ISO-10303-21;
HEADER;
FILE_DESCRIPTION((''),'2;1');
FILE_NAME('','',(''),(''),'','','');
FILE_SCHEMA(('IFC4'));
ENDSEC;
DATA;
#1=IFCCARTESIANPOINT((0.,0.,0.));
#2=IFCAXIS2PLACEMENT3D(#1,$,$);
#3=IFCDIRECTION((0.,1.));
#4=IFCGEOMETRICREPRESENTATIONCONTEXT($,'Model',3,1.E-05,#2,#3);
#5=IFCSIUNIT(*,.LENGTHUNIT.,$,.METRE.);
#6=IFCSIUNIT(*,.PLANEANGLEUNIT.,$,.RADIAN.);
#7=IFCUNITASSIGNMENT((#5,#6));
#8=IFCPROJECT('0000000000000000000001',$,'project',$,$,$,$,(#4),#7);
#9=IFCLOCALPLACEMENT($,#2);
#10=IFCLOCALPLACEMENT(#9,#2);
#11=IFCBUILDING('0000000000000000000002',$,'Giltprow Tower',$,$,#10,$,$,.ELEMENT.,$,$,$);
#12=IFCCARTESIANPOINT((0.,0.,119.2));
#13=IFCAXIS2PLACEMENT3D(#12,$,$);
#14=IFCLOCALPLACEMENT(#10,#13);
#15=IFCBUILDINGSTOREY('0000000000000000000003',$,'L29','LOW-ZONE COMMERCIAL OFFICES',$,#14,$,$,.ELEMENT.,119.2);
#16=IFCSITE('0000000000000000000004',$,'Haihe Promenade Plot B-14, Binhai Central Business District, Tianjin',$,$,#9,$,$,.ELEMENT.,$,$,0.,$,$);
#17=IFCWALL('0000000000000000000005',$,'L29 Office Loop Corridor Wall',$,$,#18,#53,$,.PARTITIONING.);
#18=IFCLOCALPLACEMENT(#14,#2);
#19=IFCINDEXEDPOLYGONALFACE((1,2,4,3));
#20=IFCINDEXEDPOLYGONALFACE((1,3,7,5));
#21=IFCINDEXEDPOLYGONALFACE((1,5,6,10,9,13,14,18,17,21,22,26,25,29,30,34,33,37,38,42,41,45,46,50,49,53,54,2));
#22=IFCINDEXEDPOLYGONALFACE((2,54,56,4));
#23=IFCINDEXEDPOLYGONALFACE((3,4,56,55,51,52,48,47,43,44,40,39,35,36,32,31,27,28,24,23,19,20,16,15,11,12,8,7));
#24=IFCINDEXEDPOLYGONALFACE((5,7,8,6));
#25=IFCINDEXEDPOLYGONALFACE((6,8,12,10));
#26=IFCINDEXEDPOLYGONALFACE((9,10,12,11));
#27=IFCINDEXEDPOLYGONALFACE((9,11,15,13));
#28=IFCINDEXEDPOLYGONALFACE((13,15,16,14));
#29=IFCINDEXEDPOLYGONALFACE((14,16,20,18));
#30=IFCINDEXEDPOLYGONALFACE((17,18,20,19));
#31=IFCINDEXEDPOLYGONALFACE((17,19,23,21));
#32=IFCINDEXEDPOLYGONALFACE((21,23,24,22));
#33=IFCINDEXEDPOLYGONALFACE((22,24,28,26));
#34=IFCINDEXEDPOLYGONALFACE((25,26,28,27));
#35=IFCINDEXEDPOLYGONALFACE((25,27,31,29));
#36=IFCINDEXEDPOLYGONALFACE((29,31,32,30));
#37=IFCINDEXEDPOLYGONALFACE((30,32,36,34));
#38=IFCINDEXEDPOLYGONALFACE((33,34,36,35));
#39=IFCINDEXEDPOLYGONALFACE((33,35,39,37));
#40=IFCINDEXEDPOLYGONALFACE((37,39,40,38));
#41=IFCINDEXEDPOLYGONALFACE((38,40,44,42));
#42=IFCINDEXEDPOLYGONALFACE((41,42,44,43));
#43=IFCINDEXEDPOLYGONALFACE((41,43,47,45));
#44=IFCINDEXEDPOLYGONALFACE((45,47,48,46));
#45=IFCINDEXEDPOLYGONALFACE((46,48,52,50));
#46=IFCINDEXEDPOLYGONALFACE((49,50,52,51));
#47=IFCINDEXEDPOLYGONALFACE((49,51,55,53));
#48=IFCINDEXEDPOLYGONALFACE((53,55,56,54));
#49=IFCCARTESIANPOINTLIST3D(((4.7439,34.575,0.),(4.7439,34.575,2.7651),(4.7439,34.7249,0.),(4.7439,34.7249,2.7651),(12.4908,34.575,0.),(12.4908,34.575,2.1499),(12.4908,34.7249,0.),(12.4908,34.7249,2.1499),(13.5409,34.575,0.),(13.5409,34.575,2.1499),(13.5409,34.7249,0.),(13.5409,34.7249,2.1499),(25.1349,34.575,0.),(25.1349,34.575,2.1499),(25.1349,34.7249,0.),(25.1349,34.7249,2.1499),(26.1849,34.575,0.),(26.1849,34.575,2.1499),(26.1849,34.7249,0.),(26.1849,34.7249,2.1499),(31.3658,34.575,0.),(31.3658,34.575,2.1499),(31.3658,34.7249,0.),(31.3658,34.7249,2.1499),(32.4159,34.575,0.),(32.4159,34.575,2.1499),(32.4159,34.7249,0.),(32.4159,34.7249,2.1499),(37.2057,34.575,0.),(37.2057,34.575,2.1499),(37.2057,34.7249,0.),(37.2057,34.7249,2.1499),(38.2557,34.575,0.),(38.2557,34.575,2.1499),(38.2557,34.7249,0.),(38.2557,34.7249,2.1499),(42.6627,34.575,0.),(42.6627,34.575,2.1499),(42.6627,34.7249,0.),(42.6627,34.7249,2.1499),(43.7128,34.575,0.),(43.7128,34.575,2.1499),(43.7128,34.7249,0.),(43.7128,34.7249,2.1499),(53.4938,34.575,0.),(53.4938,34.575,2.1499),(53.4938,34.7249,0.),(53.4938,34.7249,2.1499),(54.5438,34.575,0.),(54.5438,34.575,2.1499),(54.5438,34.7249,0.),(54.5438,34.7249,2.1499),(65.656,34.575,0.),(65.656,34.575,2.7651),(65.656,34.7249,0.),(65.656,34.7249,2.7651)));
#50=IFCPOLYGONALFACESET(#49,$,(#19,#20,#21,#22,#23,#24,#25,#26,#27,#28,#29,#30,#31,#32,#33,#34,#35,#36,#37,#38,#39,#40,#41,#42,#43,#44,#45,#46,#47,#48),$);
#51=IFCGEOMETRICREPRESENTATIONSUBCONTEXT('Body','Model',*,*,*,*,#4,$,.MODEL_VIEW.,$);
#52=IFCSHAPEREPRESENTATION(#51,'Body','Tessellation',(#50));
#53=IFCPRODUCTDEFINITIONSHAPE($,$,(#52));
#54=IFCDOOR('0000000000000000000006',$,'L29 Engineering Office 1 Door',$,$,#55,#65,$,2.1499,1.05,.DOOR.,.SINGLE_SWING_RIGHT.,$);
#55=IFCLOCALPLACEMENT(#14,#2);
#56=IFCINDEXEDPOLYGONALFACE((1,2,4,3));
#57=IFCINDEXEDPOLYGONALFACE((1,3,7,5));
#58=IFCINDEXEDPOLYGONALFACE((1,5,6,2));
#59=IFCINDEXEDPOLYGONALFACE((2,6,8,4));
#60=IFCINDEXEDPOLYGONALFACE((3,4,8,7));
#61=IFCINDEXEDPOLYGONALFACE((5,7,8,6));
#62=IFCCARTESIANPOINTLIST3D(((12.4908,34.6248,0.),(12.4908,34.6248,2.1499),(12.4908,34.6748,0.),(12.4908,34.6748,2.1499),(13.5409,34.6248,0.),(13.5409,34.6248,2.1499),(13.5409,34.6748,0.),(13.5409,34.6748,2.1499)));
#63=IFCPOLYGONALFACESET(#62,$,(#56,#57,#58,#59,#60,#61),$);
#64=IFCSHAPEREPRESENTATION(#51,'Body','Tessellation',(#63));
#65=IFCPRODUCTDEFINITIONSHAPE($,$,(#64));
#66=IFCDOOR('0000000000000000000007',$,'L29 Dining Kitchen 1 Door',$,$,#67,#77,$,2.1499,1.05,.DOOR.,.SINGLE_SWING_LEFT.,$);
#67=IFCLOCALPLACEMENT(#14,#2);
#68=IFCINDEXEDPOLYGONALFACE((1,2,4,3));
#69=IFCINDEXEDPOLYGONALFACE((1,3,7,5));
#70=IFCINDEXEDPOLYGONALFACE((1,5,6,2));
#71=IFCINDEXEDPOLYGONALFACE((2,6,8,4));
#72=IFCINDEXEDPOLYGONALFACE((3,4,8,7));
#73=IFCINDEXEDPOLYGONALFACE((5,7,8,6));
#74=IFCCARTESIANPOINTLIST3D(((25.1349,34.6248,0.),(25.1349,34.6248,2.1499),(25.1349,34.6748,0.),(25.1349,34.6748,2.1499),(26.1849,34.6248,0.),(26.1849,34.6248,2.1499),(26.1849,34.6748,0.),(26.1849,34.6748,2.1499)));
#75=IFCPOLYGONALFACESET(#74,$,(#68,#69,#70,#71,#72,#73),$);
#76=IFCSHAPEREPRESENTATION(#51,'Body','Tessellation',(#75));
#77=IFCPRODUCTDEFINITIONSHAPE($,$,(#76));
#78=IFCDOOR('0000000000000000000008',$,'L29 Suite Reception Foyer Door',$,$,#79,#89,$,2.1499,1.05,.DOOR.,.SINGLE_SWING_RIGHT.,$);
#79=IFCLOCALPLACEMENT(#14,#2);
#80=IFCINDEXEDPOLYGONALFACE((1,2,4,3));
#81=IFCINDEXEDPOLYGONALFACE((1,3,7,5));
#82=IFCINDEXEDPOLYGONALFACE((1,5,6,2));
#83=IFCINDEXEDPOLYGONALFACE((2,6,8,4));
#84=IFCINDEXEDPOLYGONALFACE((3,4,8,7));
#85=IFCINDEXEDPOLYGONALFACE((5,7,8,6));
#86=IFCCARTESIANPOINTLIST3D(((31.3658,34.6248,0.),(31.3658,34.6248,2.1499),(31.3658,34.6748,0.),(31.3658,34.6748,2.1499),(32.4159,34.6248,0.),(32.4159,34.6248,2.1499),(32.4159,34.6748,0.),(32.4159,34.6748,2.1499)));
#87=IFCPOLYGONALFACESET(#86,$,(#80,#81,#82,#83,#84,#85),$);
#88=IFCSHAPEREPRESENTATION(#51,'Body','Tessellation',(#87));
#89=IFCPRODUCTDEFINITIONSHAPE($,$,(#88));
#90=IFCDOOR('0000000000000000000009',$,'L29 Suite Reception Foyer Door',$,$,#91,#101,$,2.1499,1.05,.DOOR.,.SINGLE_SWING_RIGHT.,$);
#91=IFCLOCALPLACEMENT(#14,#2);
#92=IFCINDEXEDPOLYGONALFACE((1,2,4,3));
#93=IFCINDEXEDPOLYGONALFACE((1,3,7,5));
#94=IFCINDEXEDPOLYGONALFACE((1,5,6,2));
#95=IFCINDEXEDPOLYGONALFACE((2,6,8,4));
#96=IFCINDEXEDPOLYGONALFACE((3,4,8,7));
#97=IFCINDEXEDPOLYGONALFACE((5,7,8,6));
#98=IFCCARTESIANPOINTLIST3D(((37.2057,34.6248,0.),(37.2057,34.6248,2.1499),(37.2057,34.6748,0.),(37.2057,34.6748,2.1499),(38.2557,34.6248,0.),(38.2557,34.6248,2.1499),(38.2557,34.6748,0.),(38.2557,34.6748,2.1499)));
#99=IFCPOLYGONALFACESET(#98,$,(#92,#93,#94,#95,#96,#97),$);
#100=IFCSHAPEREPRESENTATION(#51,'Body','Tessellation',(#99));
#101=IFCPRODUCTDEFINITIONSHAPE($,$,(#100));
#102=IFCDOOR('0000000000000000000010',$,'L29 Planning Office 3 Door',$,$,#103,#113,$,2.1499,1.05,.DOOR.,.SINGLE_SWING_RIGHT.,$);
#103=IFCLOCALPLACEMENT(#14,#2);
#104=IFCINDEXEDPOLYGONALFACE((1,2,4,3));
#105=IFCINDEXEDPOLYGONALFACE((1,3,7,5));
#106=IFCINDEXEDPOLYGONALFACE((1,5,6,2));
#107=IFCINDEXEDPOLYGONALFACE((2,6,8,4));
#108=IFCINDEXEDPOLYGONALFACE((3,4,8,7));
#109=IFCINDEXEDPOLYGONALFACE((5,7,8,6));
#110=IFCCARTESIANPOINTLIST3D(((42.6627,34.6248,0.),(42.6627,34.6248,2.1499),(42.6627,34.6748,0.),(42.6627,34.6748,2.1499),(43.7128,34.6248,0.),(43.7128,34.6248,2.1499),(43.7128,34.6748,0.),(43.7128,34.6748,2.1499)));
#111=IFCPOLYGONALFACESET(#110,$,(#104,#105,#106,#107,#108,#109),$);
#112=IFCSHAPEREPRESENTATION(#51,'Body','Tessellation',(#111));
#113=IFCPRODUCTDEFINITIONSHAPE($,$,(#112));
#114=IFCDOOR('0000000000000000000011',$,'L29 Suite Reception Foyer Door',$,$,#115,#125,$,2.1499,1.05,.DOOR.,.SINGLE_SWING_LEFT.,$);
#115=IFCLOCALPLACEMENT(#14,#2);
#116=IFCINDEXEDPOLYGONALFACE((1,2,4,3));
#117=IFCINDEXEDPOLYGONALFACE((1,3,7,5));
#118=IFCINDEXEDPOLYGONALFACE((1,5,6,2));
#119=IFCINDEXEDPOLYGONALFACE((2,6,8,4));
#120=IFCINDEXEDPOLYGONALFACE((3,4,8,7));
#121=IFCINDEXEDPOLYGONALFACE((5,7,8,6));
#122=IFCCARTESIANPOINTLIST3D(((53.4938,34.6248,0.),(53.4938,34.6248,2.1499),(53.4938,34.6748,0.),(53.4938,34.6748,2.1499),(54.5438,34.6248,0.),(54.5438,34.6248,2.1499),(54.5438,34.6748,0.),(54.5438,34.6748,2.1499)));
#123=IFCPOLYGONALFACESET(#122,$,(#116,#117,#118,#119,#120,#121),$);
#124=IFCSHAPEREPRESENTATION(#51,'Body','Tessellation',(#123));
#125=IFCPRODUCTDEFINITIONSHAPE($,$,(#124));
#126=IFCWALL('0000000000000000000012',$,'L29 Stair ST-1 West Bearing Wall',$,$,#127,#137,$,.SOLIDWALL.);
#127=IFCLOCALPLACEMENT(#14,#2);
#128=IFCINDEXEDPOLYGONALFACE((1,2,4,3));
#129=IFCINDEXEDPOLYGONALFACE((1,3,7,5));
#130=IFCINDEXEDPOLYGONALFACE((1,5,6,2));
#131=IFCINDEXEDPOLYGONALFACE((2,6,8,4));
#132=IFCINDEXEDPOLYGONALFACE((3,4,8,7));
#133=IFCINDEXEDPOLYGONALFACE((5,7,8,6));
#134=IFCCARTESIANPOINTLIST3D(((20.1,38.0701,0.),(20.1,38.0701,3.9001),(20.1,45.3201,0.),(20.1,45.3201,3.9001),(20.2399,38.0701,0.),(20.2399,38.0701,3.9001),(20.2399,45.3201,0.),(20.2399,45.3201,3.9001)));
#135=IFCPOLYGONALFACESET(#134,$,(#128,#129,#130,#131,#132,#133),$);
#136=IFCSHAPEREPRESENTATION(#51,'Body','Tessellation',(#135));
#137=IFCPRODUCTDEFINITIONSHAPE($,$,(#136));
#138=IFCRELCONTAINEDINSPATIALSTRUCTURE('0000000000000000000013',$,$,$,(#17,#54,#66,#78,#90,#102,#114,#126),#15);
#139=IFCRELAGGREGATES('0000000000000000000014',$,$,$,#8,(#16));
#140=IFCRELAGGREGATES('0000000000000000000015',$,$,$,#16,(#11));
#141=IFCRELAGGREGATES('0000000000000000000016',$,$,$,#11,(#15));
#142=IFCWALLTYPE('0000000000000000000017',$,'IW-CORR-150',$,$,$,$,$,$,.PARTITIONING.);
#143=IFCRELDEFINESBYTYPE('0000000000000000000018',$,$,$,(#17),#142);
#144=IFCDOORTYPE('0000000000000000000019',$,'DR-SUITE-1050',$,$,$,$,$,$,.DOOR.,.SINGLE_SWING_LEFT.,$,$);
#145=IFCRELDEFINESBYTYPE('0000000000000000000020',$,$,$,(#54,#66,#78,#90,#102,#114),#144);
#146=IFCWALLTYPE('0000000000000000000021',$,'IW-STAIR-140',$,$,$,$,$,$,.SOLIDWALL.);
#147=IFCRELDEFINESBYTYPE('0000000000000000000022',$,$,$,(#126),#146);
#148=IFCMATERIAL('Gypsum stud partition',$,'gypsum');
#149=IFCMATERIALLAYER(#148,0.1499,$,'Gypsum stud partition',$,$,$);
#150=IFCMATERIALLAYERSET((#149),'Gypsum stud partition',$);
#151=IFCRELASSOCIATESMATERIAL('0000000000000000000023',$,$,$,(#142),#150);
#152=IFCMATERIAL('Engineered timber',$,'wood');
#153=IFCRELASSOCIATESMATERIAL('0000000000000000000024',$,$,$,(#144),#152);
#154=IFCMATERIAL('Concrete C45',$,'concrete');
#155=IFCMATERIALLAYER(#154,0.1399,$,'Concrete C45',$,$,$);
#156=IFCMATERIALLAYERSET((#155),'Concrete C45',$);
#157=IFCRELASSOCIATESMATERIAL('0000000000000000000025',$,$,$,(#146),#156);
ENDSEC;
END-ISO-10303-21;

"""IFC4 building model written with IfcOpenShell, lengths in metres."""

from ifc_helpers import new_model, si_unit, direction, frame, frame_2d, origin, place, context, subcontext, project, spatial, rectangle, extrude, source, transform, mapped, material, layer, layer_set, type_object, element, fill, save


model = new_model("IFC4")

# Units and contexts
model_context = context("Model", 3, precision=1e-05, world=origin(), true_north=direction((0.0, 1.0)))
body_context = subcontext(model_context, "Body", "Model", "MODEL_VIEW")
ifc_project = project(units=[si_unit("LENGTHUNIT", "METRE"), si_unit("PLANEANGLEUNIT", "RADIAN")], contexts=[model_context])

# Site, building, storey
site_placement = place(None, origin())
site = spatial("IfcSite", under=ifc_project, at=site_placement, Name="Haihe Promenade Plot B-14, Binhai Central Business District, Tianjin", CompositionType="ELEMENT", RefElevation=0.0)
building_placement = place(site_placement, origin())
building = spatial("IfcBuilding", under=site, at=building_placement, Name="Giltprow Tower", CompositionType="ELEMENT")
storey_placement = place(building_placement, frame((0.0, 0.0, 119.2)))
storey = spatial("IfcBuildingStorey", under=building, at=storey_placement, Name="L29", Description="LOW-ZONE COMMERCIAL OFFICES", CompositionType="ELEMENT", Elevation=119.2)

# Wall, openings, doors
ifc_material_1 = material(Name="Gypsum stud partition", Category="gypsum")
ifc_layer_1 = layer(ifc_material_1, 0.1499, Name="Gypsum stud partition")
ifc_layer_set_1 = layer_set([ifc_layer_1], Name="Gypsum stud partition")
wall_type_1 = type_object("IfcWallType", Name="IW-CORR-150", PredefinedType="PARTITIONING", material=ifc_layer_set_1)
wall_1_placement = place(storey_placement, frame((4.7439, 34.6499, 0.0), z_axis=(0.0, 0.0, 1.0), x_axis=(1.0, 0.0, 0.0)))
wall_1 = element("IfcWall", 1, at=wall_1_placement, inside=storey, type_object=wall_type_1, Name="L29 Office Loop Corridor Wall", PredefinedType="PARTITIONING", context=body_context, shape_type="SweptSolid", body=[
    extrude(rectangle(XDim=60.9121, YDim=0.1499, at=frame_2d((30.4561, 0.0))), origin(), (0.0, 0.0, 1.0), 2.7651),
])
opening_1_placement = place(wall_1_placement, frame((7.7471, 0.0, 0.0)))
opening_1 = element("IfcOpeningElement", 2, at=opening_1_placement, cuts=wall_1, PredefinedType="OPENING", context=body_context, shape_type="SweptSolid", body=[
    extrude(rectangle(XDim=1.05, YDim=2.1499, at=frame_2d((0.5249, 1.075))), frame((0.0, 0.085, 0.0), z_axis=(0.0, -1.0, 0.0), x_axis=(1.0, 0.0, 0.0)), (0.0, 0.0, 1.0), 0.1699),
])
opening_2_placement = place(wall_1_placement, frame((20.3911, 0.0, 0.0)))
opening_2 = element("IfcOpeningElement", 3, at=opening_2_placement, cuts=wall_1, PredefinedType="OPENING", context=body_context, shape_type="SweptSolid", body=[
    extrude(rectangle(XDim=1.05, YDim=2.1499, at=frame_2d((0.5249, 1.075))), frame((0.0, 0.085, 0.0), z_axis=(0.0, -1.0, 0.0), x_axis=(1.0, 0.0, 0.0)), (0.0, 0.0, 1.0), 0.1699),
])
opening_3_placement = place(wall_1_placement, frame((26.6221, 0.0, 0.0)))
opening_3 = element("IfcOpeningElement", 4, at=opening_3_placement, cuts=wall_1, PredefinedType="OPENING", context=body_context, shape_type="SweptSolid", body=[
    extrude(rectangle(XDim=1.05, YDim=2.1499, at=frame_2d((0.5249, 1.075))), frame((0.0, 0.085, 0.0), z_axis=(0.0, -1.0, 0.0), x_axis=(1.0, 0.0, 0.0)), (0.0, 0.0, 1.0), 0.1699),
])
opening_4_placement = place(wall_1_placement, frame((32.4619, 0.0, 0.0)))
opening_4 = element("IfcOpeningElement", 5, at=opening_4_placement, cuts=wall_1, PredefinedType="OPENING", context=body_context, shape_type="SweptSolid", body=[
    extrude(rectangle(XDim=1.05, YDim=2.1499, at=frame_2d((0.5249, 1.075))), frame((0.0, 0.085, 0.0), z_axis=(0.0, -1.0, 0.0), x_axis=(1.0, 0.0, 0.0)), (0.0, 0.0, 1.0), 0.1699),
])
opening_5_placement = place(wall_1_placement, frame((37.9189, 0.0, 0.0)))
opening_5 = element("IfcOpeningElement", 6, at=opening_5_placement, cuts=wall_1, PredefinedType="OPENING", context=body_context, shape_type="SweptSolid", body=[
    extrude(rectangle(XDim=1.05, YDim=2.1499, at=frame_2d((0.5249, 1.075))), frame((0.0, 0.085, 0.0), z_axis=(0.0, -1.0, 0.0), x_axis=(1.0, 0.0, 0.0)), (0.0, 0.0, 1.0), 0.1699),
])
opening_6_placement = place(wall_1_placement, frame((48.75, 0.0, 0.0)))
opening_6 = element("IfcOpeningElement", 7, at=opening_6_placement, cuts=wall_1, PredefinedType="OPENING", context=body_context, shape_type="SweptSolid", body=[
    extrude(rectangle(XDim=1.05, YDim=2.1499, at=frame_2d((0.5249, 1.075))), frame((0.0, 0.085, 0.0), z_axis=(0.0, -1.0, 0.0), x_axis=(1.0, 0.0, 0.0)), (0.0, 0.0, 1.0), 0.1699),
])
ifc_material_2 = material(Name="Engineered timber", Category="wood")
door_type_1 = type_object("IfcDoorType", Name="DR-SUITE-1050", OperationType="SINGLE_SWING_LEFT", PredefinedType="DOOR", material=ifc_material_2)
shared_shape_1 = source(origin(), body_context, "Body", "SweptSolid", [
    extrude(rectangle(XDim=1.05, YDim=2.1499, at=frame_2d((0.5249, 1.075))), frame((0.0, 0.0249, 0.0), z_axis=(0.0, -1.0, 0.0), x_axis=(1.0, 0.0, 0.0)), (0.0, 0.0, 1.0), 0.05),
])
door_1_placement = place(opening_1_placement, origin())
door_1 = element("IfcDoor", 8, at=door_1_placement, inside=storey, type_object=door_type_1, Name="L29 Engineering Office 1 Door", OperationType="SINGLE_SWING_RIGHT", OverallHeight=2.1499, OverallWidth=1.05, PredefinedType="DOOR", context=body_context, shape_type="MappedRepresentation", body=[
    mapped(shared_shape_1, transform((0.0, 0.0, 0.0), x_axis=(1.0, 0.0, 0.0), y_axis=(0.0, 1.0, 0.0), z_axis=(0.0, 0.0, 1.0), scale=1.0)),
])
fill(opening_1, door_1)
door_2_placement = place(opening_2_placement, origin())
door_2 = element("IfcDoor", 9, at=door_2_placement, inside=storey, type_object=door_type_1, Name="L29 Dining Kitchen 1 Door", OperationType="SINGLE_SWING_LEFT", OverallHeight=2.1499, OverallWidth=1.05, PredefinedType="DOOR", context=body_context, shape_type="MappedRepresentation", body=[
    mapped(shared_shape_1, transform((0.0, 0.0, 0.0), x_axis=(1.0, 0.0, 0.0), y_axis=(0.0, 1.0, 0.0), z_axis=(0.0, 0.0, 1.0), scale=1.0)),
])
fill(opening_2, door_2)
door_3_placement = place(opening_3_placement, origin())
door_3 = element("IfcDoor", 10, at=door_3_placement, inside=storey, type_object=door_type_1, Name="L29 Suite Reception Foyer Door", OperationType="SINGLE_SWING_RIGHT", OverallHeight=2.1499, OverallWidth=1.05, PredefinedType="DOOR", context=body_context, shape_type="MappedRepresentation", body=[
    mapped(shared_shape_1, transform((0.0, 0.0, 0.0), x_axis=(1.0, 0.0, 0.0), y_axis=(0.0, 1.0, 0.0), z_axis=(0.0, 0.0, 1.0), scale=1.0)),
])
fill(opening_3, door_3)
door_4_placement = place(opening_4_placement, origin())
door_4 = element("IfcDoor", 11, at=door_4_placement, inside=storey, type_object=door_type_1, Name="L29 Suite Reception Foyer Door", OperationType="SINGLE_SWING_RIGHT", OverallHeight=2.1499, OverallWidth=1.05, PredefinedType="DOOR", context=body_context, shape_type="MappedRepresentation", body=[
    mapped(shared_shape_1, transform((0.0, 0.0, 0.0), x_axis=(1.0, 0.0, 0.0), y_axis=(0.0, 1.0, 0.0), z_axis=(0.0, 0.0, 1.0), scale=1.0)),
])
fill(opening_4, door_4)
door_5_placement = place(opening_5_placement, origin())
door_5 = element("IfcDoor", 12, at=door_5_placement, inside=storey, type_object=door_type_1, Name="L29 Planning Office 3 Door", OperationType="SINGLE_SWING_RIGHT", OverallHeight=2.1499, OverallWidth=1.05, PredefinedType="DOOR", context=body_context, shape_type="MappedRepresentation", body=[
    mapped(shared_shape_1, transform((0.0, 0.0, 0.0), x_axis=(1.0, 0.0, 0.0), y_axis=(0.0, 1.0, 0.0), z_axis=(0.0, 0.0, 1.0), scale=1.0)),
])
fill(opening_5, door_5)
door_6_placement = place(opening_6_placement, origin())
door_6 = element("IfcDoor", 13, at=door_6_placement, inside=storey, type_object=door_type_1, Name="L29 Suite Reception Foyer Door", OperationType="SINGLE_SWING_LEFT", OverallHeight=2.1499, OverallWidth=1.05, PredefinedType="DOOR", context=body_context, shape_type="MappedRepresentation", body=[
    mapped(shared_shape_1, transform((0.0, 0.0, 0.0), x_axis=(1.0, 0.0, 0.0), y_axis=(0.0, 1.0, 0.0), z_axis=(0.0, 0.0, 1.0), scale=1.0)),
])
fill(opening_6, door_6)

# Wall
ifc_material_3 = material(Name="Concrete C45", Category="concrete")
ifc_layer_2 = layer(ifc_material_3, 0.1399, Name="Concrete C45")
ifc_layer_set_2 = layer_set([ifc_layer_2], Name="Concrete C45")
wall_type_2 = type_object("IfcWallType", Name="IW-STAIR-140", PredefinedType="SOLIDWALL", material=ifc_layer_set_2)
wall_2_placement = place(storey_placement, frame((20.1699, 38.0701, 0.0), z_axis=(0.0, 0.0, 1.0), x_axis=(0.0, 1.0, 0.0)))
element("IfcWall", 14, at=wall_2_placement, inside=storey, type_object=wall_type_2, Name="L29 Stair ST-1 West Bearing Wall", PredefinedType="SOLIDWALL", context=body_context, shape_type="SweptSolid", body=[
    extrude(rectangle(XDim=7.25, YDim=0.1399, at=frame_2d((3.625, 0.0))), origin(), (0.0, 0.0, 1.0), 3.9001),
])

save(model, "model.ifc")
